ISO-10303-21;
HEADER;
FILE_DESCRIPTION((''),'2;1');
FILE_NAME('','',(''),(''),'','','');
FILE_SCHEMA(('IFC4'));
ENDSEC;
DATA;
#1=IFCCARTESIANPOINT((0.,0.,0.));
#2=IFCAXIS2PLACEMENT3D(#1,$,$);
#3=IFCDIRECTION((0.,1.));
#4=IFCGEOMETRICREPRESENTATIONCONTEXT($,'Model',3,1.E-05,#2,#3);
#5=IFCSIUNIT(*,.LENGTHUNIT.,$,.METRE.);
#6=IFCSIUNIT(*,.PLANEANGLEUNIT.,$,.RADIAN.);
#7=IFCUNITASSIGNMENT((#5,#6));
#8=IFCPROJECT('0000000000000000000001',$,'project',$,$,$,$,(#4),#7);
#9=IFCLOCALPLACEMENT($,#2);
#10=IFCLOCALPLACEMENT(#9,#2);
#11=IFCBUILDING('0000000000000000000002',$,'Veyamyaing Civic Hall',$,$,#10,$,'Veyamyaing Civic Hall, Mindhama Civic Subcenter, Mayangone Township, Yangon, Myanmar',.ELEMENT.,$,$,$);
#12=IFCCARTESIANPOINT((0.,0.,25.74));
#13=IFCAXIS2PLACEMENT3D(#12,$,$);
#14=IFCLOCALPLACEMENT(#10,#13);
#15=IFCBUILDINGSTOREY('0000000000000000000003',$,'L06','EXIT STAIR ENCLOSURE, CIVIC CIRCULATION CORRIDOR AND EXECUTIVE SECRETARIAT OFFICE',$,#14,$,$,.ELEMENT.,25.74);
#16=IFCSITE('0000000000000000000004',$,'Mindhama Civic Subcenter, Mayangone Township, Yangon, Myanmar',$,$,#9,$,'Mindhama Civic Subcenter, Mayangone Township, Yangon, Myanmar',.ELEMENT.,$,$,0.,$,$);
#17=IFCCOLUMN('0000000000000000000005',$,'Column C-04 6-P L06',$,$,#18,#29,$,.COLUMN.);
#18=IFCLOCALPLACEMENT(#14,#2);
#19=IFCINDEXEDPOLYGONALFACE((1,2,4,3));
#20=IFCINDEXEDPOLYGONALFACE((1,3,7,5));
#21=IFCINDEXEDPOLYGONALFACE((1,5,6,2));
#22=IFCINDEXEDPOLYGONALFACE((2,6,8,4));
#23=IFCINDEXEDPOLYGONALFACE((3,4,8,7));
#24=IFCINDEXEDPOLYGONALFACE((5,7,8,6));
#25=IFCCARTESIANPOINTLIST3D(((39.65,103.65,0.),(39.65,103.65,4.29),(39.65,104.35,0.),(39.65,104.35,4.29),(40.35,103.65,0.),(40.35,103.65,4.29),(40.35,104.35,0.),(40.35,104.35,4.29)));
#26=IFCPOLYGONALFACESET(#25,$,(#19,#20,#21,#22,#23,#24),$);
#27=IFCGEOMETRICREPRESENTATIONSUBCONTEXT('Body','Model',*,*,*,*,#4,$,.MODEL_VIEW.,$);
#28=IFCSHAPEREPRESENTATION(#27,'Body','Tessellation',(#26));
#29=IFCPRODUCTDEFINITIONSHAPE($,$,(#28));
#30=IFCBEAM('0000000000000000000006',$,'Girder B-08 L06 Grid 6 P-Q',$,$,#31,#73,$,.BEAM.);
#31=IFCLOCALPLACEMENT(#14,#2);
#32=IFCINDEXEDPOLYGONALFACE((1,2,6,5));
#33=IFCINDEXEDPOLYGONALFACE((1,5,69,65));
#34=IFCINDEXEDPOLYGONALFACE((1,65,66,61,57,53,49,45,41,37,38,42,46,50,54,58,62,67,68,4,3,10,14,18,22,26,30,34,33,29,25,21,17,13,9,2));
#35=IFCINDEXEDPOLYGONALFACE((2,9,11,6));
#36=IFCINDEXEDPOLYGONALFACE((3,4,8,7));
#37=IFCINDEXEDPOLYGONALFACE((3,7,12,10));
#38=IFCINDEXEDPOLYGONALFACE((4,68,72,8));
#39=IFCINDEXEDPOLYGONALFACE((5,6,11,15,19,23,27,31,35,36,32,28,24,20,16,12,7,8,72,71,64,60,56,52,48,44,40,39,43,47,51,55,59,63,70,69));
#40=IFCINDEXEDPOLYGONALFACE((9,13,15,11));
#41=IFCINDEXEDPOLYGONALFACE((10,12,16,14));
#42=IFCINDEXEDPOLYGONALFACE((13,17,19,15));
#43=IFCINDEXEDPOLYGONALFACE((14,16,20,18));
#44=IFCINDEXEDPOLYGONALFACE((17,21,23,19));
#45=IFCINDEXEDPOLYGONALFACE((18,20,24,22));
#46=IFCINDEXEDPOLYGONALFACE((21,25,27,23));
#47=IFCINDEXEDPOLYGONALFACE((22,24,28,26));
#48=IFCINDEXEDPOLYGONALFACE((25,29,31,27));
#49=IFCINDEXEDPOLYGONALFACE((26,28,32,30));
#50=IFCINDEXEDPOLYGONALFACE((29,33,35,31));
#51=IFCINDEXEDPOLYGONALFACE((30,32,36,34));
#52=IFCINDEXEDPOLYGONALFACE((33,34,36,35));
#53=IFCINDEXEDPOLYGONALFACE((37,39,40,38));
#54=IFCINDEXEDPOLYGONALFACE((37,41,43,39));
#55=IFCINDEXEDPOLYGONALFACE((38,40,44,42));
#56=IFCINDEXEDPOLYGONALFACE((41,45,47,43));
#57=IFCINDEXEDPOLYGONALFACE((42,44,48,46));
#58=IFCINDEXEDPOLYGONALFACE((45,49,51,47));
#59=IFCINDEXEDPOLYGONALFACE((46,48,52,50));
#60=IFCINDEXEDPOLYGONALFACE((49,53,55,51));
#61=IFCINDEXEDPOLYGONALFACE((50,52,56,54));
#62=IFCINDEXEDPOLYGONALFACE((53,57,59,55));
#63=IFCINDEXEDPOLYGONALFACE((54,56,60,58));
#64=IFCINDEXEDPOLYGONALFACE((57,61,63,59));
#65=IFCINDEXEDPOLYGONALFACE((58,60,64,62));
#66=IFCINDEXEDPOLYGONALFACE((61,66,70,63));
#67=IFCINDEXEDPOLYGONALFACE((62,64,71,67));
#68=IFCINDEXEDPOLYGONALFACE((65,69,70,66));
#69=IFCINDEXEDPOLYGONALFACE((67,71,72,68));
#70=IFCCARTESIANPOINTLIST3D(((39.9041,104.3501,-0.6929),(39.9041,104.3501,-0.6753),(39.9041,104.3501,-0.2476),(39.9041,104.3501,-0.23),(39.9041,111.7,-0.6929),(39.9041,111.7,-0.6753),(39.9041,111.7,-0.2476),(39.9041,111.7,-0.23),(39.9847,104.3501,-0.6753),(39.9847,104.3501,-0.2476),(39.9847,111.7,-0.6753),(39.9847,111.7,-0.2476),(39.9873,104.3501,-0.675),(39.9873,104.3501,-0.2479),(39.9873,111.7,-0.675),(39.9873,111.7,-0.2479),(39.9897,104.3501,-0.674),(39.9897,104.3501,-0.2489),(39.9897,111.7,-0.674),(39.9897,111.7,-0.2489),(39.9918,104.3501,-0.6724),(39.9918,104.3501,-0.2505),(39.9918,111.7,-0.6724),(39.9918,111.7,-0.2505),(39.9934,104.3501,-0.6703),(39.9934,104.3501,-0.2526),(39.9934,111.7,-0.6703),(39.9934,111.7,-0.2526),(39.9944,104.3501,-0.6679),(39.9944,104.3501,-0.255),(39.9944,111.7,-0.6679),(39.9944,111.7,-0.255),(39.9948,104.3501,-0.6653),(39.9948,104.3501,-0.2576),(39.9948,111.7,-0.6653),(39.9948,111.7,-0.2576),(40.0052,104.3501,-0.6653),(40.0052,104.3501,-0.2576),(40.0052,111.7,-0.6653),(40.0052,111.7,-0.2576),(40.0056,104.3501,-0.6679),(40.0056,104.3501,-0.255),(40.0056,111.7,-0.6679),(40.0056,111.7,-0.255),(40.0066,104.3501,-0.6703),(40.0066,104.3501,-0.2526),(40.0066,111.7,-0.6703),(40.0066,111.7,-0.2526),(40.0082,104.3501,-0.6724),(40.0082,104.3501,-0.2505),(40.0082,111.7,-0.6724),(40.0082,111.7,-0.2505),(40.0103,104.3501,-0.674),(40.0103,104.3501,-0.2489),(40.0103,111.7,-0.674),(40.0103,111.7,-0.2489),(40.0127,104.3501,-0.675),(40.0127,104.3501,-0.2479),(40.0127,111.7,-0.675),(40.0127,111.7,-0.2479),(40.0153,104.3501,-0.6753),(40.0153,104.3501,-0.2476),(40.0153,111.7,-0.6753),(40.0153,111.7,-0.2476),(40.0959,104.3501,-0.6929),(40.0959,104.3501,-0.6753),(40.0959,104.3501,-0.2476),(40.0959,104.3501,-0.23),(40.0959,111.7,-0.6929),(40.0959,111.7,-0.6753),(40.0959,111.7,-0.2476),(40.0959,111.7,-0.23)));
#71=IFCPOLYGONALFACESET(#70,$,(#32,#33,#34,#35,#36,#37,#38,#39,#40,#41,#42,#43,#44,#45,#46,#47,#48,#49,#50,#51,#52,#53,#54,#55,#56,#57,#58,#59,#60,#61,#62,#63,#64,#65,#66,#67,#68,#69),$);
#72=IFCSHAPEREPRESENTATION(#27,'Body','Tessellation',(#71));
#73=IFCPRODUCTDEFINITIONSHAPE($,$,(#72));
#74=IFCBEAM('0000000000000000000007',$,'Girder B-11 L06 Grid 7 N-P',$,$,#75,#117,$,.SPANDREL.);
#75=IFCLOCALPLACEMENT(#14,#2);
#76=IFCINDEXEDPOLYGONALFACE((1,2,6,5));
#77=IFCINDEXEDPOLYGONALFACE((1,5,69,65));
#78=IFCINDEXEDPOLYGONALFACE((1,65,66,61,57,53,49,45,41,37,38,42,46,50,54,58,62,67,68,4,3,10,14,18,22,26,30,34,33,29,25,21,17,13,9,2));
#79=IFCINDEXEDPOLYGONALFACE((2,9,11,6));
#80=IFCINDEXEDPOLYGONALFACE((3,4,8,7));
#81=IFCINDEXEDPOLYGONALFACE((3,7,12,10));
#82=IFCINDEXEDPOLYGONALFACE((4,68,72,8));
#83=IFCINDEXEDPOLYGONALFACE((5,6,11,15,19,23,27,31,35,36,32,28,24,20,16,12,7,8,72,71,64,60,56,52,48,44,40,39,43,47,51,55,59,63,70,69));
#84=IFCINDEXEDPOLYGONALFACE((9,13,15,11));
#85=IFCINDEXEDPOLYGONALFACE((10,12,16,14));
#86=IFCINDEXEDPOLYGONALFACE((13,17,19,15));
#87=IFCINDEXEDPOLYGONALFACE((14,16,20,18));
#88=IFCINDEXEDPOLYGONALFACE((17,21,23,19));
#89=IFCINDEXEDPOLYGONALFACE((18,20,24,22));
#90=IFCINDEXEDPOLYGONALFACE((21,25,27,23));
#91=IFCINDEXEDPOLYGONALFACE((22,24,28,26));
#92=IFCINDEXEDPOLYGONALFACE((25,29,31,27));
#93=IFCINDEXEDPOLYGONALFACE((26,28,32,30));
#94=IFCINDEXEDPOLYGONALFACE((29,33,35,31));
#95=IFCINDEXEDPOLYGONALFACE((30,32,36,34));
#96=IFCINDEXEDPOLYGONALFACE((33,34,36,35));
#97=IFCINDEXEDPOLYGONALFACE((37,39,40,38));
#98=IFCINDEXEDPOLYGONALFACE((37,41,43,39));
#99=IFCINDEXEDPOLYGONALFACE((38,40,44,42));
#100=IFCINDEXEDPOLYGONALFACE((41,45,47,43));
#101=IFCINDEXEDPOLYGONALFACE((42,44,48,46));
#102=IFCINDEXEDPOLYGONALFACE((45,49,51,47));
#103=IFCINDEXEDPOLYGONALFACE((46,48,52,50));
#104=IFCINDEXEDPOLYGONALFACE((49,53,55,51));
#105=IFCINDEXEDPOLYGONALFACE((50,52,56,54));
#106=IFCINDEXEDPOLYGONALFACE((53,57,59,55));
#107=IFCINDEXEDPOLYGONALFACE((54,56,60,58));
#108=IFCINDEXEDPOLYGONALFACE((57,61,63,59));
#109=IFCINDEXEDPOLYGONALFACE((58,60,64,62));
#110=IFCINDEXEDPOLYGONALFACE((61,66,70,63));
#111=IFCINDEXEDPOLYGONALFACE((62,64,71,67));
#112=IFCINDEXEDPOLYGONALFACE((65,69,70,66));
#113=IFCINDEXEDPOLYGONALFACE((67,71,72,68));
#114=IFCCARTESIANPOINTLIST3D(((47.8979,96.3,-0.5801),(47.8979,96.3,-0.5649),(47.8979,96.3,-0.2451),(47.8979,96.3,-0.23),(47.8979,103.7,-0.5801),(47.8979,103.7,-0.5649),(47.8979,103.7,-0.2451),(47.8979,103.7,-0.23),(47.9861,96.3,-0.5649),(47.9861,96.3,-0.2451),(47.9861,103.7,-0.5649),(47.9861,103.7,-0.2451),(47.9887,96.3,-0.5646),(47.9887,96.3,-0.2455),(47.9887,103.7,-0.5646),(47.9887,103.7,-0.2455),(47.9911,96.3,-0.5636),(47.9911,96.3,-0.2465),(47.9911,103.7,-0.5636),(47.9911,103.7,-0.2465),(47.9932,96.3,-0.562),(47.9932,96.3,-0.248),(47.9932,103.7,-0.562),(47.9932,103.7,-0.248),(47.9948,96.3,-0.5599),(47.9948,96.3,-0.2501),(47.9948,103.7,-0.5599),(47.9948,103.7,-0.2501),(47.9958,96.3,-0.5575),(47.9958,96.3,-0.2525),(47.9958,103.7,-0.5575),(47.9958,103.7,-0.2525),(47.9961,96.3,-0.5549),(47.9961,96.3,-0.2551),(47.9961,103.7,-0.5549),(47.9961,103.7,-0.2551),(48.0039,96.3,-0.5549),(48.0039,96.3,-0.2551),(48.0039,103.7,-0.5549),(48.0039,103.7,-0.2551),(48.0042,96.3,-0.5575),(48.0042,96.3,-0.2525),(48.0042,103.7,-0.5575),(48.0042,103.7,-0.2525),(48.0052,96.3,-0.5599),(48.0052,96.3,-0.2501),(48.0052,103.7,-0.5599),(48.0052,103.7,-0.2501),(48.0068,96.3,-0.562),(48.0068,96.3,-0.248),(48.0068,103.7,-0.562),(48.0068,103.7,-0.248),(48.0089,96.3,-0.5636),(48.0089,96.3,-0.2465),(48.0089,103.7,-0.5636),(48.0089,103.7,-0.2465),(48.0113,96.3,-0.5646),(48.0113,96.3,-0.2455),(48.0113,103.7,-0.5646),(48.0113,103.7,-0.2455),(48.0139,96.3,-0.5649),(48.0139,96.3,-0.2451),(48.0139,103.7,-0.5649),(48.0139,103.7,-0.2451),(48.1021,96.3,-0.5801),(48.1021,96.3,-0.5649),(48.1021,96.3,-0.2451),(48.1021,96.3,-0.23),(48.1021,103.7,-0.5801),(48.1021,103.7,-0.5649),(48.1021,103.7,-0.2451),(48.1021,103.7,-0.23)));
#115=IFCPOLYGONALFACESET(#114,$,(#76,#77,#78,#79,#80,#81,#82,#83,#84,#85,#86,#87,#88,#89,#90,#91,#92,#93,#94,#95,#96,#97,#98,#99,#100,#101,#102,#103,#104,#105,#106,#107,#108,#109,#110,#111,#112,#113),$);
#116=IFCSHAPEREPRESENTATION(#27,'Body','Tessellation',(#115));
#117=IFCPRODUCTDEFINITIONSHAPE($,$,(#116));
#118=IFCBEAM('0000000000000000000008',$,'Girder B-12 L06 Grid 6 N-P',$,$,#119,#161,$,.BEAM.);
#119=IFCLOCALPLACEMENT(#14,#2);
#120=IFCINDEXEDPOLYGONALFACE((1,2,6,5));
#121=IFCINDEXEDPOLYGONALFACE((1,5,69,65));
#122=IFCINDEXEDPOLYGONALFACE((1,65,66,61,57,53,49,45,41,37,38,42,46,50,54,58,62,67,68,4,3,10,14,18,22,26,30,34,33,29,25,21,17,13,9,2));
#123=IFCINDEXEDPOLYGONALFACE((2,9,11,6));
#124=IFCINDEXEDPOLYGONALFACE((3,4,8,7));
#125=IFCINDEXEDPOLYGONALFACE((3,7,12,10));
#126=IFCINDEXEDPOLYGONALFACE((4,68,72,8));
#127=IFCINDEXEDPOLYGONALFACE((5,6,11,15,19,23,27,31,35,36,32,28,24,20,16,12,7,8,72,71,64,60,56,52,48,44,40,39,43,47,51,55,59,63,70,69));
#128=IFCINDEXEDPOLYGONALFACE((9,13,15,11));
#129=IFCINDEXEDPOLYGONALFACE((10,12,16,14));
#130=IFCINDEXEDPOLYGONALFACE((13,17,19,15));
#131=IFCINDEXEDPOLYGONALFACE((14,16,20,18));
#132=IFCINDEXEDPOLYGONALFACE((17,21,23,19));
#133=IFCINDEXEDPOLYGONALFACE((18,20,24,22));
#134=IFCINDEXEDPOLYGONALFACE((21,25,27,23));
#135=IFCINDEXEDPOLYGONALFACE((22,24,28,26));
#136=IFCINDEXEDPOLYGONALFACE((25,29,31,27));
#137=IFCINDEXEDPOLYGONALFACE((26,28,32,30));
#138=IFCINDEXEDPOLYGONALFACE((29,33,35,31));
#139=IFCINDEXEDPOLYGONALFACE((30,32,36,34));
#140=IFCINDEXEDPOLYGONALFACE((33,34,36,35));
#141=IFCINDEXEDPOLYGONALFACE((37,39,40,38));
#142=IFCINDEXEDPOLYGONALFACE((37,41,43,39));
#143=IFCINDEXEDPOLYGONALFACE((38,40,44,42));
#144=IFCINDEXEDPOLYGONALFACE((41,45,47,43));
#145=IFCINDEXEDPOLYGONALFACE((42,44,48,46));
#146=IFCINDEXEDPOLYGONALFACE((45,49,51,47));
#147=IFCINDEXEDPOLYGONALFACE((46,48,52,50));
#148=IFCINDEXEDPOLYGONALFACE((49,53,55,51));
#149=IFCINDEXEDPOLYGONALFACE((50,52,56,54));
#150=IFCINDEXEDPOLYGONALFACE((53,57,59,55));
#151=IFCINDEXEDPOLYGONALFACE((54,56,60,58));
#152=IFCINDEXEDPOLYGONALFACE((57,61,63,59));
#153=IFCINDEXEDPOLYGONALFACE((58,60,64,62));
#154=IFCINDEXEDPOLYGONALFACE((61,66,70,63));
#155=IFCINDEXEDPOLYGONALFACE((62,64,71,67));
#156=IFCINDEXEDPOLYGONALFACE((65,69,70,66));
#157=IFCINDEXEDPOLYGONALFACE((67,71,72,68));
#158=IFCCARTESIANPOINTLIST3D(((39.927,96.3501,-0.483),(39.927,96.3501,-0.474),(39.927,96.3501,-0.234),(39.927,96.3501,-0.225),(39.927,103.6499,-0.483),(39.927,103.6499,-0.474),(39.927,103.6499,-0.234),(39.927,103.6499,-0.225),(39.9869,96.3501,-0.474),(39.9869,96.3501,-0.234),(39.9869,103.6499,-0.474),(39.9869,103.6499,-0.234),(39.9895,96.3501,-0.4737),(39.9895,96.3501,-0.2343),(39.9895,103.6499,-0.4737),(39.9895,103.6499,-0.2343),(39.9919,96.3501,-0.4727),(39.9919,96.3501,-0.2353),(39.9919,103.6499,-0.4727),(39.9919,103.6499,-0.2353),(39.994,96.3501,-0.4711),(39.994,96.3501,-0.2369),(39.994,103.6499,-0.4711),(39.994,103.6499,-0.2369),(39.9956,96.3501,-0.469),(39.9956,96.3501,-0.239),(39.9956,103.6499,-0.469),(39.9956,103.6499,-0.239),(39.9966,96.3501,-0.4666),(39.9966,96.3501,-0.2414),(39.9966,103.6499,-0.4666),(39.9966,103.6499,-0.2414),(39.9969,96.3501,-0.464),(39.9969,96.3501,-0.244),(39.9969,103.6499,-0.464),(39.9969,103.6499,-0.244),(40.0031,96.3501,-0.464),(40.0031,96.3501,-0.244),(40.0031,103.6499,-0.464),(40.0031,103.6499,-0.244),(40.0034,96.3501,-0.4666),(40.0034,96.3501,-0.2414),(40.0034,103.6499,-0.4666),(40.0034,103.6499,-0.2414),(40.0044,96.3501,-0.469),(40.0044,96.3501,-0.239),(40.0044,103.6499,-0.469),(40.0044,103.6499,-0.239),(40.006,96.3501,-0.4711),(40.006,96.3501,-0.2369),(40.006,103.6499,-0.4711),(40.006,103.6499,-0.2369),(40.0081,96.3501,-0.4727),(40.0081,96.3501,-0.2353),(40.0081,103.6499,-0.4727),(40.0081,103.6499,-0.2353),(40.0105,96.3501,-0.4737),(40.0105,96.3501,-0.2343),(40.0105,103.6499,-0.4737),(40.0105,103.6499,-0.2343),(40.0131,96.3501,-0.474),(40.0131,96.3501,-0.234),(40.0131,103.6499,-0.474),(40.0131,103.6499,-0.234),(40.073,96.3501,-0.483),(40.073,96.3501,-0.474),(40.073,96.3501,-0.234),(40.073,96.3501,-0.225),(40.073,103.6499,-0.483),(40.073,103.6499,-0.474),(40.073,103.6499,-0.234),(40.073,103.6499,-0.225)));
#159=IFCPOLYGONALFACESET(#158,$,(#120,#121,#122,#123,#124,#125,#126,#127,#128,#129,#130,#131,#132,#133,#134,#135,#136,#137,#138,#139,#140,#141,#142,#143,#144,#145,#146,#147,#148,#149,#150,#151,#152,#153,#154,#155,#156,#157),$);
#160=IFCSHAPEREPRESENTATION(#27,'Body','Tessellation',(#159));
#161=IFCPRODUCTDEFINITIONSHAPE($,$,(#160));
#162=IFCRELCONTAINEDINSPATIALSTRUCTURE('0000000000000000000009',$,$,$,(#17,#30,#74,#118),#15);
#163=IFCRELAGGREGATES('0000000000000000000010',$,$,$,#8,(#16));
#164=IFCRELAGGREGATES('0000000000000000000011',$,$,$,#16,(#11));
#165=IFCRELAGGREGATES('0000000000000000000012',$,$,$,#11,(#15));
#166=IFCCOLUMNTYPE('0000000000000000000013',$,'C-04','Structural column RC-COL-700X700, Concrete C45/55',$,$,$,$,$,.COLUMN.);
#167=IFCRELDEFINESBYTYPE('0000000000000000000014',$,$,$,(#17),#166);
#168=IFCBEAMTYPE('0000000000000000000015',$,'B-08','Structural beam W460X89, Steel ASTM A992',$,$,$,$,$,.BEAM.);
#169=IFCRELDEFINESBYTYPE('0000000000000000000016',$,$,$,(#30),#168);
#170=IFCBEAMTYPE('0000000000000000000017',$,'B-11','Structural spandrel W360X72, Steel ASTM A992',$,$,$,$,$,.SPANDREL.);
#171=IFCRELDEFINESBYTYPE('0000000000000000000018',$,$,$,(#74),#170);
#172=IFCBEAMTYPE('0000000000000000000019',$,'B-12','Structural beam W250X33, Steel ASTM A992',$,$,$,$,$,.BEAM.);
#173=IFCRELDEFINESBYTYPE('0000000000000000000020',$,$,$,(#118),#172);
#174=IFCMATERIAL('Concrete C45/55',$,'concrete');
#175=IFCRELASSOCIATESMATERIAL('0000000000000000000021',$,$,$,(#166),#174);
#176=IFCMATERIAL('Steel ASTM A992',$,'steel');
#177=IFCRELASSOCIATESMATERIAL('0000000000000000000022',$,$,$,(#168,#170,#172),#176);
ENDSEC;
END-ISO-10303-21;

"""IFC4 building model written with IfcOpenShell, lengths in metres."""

from ifc_helpers import new_model, si_unit, direction, frame, origin, origin_2d, place, context, subcontext, project, spatial, rectangle, i_section, extrude, material, material_profile, profile_set, type_object, element, save


model = new_model("IFC4")

# Units and contexts
model_context = context("Model", 3, precision=1e-05, world=origin(), true_north=direction((0.0, 1.0)))
body_context = subcontext(model_context, "Body", "Model", "MODEL_VIEW")
ifc_project = project(units=[si_unit("LENGTHUNIT", "METRE"), si_unit("PLANEANGLEUNIT", "RADIAN")], contexts=[model_context])

# Site, building, storey
site_placement = place(None, origin())
site = spatial("IfcSite", under=ifc_project, at=site_placement, Name="Mindhama Civic Subcenter, Mayangone Township, Yangon, Myanmar", LongName="Mindhama Civic Subcenter, Mayangone Township, Yangon, Myanmar", CompositionType="ELEMENT", RefElevation=0.0)
building_placement = place(site_placement, origin())
building = spatial("IfcBuilding", under=site, at=building_placement, Name="Veyamyaing Civic Hall", LongName="Veyamyaing Civic Hall, Mindhama Civic Subcenter, Mayangone Township, Yangon, Myanmar", CompositionType="ELEMENT")
storey_placement = place(building_placement, frame((0.0, 0.0, 25.74)))
storey = spatial("IfcBuildingStorey", under=building, at=storey_placement, Name="L06", Description="EXIT STAIR ENCLOSURE, CIVIC CIRCULATION CORRIDOR AND EXECUTIVE SECRETARIAT OFFICE", CompositionType="ELEMENT", Elevation=25.74)

# Column
ifc_material_1 = material(Name="Concrete C45/55", Category="concrete")
ifc_material_profile_1 = material_profile(ifc_material_1, rectangle(XDim=0.7, YDim=0.7, at=origin_2d()), Name="RC-COL-700X700")
ifc_profile_set_1 = profile_set([ifc_material_profile_1], Name="Concrete C45/55")
column_type = type_object("IfcColumnType", Name="C-04", Description="Structural column RC-COL-700X700, Concrete C45/55", PredefinedType="COLUMN", material=ifc_profile_set_1)
column_placement = place(storey_placement, frame((40.0, 104.0, 0.0), z_axis=(0.0, 0.0, 1.0), x_axis=(1.0, 0.0, 0.0)))
element("IfcColumn", 1, at=column_placement, inside=storey, type_object=column_type, Name="Column C-04 6-P L06", PredefinedType="COLUMN", context=body_context, shape_type="SweptSolid", body=[
    extrude(rectangle(XDim=0.7, YDim=0.7, at=origin_2d()), origin(), (0.0, 0.0, 1.0), 4.29),
])

# Beams
ifc_material_2 = material(Name="Steel ASTM A992", Category="steel")
ifc_material_profile_2 = material_profile(ifc_material_2, i_section(OverallWidth=0.1919, OverallDepth=0.4629, WebThickness=0.0105, FlangeThickness=0.0176, FilletRadius=0.01, at=origin_2d()), Name="W460X89")
ifc_profile_set_2 = profile_set([ifc_material_profile_2], Name="Steel ASTM A992")
beam_type_1 = type_object("IfcBeamType", Name="B-08", Description="Structural beam W460X89, Steel ASTM A992", PredefinedType="BEAM", material=ifc_profile_set_2)
beam_1_placement = place(storey_placement, frame((40.0, 104.3501, -0.4614), z_axis=(0.0, 1.0, 0.0), x_axis=(-1.0, 0.0, 0.0)))
element("IfcBeam", 2, at=beam_1_placement, inside=storey, type_object=beam_type_1, Name="Girder B-08 L06 Grid 6 P-Q", PredefinedType="BEAM", context=body_context, shape_type="SweptSolid", body=[
    extrude(i_section(OverallWidth=0.1919, OverallDepth=0.4629, WebThickness=0.0105, FlangeThickness=0.0176, FilletRadius=0.01, at=origin_2d()), origin(), (0.0, 0.0, 1.0), 7.3499),
])
ifc_material_profile_3 = material_profile(ifc_material_2, i_section(OverallWidth=0.2041, OverallDepth=0.3501, WebThickness=0.0078, FlangeThickness=0.0151, FilletRadius=0.01, at=origin_2d()), Name="W360X72")
ifc_profile_set_3 = profile_set([ifc_material_profile_3], Name="Steel ASTM A992")
beam_type_2 = type_object("IfcBeamType", Name="B-11", Description="Structural spandrel W360X72, Steel ASTM A992", PredefinedType="SPANDREL", material=ifc_profile_set_3)
beam_2_placement = place(storey_placement, frame((48.0, 96.3, -0.405), z_axis=(0.0, 1.0, 0.0), x_axis=(-1.0, 0.0, 0.0)))
element("IfcBeam", 3, at=beam_2_placement, inside=storey, type_object=beam_type_2, Name="Girder B-11 L06 Grid 7 N-P", PredefinedType="SPANDREL", context=body_context, shape_type="SweptSolid", body=[
    extrude(i_section(OverallWidth=0.2041, OverallDepth=0.3501, WebThickness=0.0078, FlangeThickness=0.0151, FilletRadius=0.01, at=origin_2d()), origin(), (0.0, 0.0, 1.0), 7.3999),
])
ifc_material_profile_4 = material_profile(ifc_material_2, i_section(OverallWidth=0.146, OverallDepth=0.2581, WebThickness=0.0061, FlangeThickness=0.009, FilletRadius=0.01, at=origin_2d()), Name="W250X33")
ifc_profile_set_4 = profile_set([ifc_material_profile_4], Name="Steel ASTM A992")
beam_type_3 = type_object("IfcBeamType", Name="B-12", Description="Structural beam W250X33, Steel ASTM A992", PredefinedType="BEAM", material=ifc_profile_set_4)
beam_3_placement = place(storey_placement, frame((40.0, 96.3501, -0.354), z_axis=(0.0, 1.0, 0.0), x_axis=(-1.0, 0.0, 0.0)))
element("IfcBeam", 4, at=beam_3_placement, inside=storey, type_object=beam_type_3, Name="Girder B-12 L06 Grid 6 N-P", PredefinedType="BEAM", context=body_context, shape_type="SweptSolid", body=[
    extrude(i_section(OverallWidth=0.146, OverallDepth=0.2581, WebThickness=0.0061, FlangeThickness=0.009, FilletRadius=0.01, at=origin_2d()), origin(), (0.0, 0.0, 1.0), 7.2998),
])

save(model, "model.ifc")
